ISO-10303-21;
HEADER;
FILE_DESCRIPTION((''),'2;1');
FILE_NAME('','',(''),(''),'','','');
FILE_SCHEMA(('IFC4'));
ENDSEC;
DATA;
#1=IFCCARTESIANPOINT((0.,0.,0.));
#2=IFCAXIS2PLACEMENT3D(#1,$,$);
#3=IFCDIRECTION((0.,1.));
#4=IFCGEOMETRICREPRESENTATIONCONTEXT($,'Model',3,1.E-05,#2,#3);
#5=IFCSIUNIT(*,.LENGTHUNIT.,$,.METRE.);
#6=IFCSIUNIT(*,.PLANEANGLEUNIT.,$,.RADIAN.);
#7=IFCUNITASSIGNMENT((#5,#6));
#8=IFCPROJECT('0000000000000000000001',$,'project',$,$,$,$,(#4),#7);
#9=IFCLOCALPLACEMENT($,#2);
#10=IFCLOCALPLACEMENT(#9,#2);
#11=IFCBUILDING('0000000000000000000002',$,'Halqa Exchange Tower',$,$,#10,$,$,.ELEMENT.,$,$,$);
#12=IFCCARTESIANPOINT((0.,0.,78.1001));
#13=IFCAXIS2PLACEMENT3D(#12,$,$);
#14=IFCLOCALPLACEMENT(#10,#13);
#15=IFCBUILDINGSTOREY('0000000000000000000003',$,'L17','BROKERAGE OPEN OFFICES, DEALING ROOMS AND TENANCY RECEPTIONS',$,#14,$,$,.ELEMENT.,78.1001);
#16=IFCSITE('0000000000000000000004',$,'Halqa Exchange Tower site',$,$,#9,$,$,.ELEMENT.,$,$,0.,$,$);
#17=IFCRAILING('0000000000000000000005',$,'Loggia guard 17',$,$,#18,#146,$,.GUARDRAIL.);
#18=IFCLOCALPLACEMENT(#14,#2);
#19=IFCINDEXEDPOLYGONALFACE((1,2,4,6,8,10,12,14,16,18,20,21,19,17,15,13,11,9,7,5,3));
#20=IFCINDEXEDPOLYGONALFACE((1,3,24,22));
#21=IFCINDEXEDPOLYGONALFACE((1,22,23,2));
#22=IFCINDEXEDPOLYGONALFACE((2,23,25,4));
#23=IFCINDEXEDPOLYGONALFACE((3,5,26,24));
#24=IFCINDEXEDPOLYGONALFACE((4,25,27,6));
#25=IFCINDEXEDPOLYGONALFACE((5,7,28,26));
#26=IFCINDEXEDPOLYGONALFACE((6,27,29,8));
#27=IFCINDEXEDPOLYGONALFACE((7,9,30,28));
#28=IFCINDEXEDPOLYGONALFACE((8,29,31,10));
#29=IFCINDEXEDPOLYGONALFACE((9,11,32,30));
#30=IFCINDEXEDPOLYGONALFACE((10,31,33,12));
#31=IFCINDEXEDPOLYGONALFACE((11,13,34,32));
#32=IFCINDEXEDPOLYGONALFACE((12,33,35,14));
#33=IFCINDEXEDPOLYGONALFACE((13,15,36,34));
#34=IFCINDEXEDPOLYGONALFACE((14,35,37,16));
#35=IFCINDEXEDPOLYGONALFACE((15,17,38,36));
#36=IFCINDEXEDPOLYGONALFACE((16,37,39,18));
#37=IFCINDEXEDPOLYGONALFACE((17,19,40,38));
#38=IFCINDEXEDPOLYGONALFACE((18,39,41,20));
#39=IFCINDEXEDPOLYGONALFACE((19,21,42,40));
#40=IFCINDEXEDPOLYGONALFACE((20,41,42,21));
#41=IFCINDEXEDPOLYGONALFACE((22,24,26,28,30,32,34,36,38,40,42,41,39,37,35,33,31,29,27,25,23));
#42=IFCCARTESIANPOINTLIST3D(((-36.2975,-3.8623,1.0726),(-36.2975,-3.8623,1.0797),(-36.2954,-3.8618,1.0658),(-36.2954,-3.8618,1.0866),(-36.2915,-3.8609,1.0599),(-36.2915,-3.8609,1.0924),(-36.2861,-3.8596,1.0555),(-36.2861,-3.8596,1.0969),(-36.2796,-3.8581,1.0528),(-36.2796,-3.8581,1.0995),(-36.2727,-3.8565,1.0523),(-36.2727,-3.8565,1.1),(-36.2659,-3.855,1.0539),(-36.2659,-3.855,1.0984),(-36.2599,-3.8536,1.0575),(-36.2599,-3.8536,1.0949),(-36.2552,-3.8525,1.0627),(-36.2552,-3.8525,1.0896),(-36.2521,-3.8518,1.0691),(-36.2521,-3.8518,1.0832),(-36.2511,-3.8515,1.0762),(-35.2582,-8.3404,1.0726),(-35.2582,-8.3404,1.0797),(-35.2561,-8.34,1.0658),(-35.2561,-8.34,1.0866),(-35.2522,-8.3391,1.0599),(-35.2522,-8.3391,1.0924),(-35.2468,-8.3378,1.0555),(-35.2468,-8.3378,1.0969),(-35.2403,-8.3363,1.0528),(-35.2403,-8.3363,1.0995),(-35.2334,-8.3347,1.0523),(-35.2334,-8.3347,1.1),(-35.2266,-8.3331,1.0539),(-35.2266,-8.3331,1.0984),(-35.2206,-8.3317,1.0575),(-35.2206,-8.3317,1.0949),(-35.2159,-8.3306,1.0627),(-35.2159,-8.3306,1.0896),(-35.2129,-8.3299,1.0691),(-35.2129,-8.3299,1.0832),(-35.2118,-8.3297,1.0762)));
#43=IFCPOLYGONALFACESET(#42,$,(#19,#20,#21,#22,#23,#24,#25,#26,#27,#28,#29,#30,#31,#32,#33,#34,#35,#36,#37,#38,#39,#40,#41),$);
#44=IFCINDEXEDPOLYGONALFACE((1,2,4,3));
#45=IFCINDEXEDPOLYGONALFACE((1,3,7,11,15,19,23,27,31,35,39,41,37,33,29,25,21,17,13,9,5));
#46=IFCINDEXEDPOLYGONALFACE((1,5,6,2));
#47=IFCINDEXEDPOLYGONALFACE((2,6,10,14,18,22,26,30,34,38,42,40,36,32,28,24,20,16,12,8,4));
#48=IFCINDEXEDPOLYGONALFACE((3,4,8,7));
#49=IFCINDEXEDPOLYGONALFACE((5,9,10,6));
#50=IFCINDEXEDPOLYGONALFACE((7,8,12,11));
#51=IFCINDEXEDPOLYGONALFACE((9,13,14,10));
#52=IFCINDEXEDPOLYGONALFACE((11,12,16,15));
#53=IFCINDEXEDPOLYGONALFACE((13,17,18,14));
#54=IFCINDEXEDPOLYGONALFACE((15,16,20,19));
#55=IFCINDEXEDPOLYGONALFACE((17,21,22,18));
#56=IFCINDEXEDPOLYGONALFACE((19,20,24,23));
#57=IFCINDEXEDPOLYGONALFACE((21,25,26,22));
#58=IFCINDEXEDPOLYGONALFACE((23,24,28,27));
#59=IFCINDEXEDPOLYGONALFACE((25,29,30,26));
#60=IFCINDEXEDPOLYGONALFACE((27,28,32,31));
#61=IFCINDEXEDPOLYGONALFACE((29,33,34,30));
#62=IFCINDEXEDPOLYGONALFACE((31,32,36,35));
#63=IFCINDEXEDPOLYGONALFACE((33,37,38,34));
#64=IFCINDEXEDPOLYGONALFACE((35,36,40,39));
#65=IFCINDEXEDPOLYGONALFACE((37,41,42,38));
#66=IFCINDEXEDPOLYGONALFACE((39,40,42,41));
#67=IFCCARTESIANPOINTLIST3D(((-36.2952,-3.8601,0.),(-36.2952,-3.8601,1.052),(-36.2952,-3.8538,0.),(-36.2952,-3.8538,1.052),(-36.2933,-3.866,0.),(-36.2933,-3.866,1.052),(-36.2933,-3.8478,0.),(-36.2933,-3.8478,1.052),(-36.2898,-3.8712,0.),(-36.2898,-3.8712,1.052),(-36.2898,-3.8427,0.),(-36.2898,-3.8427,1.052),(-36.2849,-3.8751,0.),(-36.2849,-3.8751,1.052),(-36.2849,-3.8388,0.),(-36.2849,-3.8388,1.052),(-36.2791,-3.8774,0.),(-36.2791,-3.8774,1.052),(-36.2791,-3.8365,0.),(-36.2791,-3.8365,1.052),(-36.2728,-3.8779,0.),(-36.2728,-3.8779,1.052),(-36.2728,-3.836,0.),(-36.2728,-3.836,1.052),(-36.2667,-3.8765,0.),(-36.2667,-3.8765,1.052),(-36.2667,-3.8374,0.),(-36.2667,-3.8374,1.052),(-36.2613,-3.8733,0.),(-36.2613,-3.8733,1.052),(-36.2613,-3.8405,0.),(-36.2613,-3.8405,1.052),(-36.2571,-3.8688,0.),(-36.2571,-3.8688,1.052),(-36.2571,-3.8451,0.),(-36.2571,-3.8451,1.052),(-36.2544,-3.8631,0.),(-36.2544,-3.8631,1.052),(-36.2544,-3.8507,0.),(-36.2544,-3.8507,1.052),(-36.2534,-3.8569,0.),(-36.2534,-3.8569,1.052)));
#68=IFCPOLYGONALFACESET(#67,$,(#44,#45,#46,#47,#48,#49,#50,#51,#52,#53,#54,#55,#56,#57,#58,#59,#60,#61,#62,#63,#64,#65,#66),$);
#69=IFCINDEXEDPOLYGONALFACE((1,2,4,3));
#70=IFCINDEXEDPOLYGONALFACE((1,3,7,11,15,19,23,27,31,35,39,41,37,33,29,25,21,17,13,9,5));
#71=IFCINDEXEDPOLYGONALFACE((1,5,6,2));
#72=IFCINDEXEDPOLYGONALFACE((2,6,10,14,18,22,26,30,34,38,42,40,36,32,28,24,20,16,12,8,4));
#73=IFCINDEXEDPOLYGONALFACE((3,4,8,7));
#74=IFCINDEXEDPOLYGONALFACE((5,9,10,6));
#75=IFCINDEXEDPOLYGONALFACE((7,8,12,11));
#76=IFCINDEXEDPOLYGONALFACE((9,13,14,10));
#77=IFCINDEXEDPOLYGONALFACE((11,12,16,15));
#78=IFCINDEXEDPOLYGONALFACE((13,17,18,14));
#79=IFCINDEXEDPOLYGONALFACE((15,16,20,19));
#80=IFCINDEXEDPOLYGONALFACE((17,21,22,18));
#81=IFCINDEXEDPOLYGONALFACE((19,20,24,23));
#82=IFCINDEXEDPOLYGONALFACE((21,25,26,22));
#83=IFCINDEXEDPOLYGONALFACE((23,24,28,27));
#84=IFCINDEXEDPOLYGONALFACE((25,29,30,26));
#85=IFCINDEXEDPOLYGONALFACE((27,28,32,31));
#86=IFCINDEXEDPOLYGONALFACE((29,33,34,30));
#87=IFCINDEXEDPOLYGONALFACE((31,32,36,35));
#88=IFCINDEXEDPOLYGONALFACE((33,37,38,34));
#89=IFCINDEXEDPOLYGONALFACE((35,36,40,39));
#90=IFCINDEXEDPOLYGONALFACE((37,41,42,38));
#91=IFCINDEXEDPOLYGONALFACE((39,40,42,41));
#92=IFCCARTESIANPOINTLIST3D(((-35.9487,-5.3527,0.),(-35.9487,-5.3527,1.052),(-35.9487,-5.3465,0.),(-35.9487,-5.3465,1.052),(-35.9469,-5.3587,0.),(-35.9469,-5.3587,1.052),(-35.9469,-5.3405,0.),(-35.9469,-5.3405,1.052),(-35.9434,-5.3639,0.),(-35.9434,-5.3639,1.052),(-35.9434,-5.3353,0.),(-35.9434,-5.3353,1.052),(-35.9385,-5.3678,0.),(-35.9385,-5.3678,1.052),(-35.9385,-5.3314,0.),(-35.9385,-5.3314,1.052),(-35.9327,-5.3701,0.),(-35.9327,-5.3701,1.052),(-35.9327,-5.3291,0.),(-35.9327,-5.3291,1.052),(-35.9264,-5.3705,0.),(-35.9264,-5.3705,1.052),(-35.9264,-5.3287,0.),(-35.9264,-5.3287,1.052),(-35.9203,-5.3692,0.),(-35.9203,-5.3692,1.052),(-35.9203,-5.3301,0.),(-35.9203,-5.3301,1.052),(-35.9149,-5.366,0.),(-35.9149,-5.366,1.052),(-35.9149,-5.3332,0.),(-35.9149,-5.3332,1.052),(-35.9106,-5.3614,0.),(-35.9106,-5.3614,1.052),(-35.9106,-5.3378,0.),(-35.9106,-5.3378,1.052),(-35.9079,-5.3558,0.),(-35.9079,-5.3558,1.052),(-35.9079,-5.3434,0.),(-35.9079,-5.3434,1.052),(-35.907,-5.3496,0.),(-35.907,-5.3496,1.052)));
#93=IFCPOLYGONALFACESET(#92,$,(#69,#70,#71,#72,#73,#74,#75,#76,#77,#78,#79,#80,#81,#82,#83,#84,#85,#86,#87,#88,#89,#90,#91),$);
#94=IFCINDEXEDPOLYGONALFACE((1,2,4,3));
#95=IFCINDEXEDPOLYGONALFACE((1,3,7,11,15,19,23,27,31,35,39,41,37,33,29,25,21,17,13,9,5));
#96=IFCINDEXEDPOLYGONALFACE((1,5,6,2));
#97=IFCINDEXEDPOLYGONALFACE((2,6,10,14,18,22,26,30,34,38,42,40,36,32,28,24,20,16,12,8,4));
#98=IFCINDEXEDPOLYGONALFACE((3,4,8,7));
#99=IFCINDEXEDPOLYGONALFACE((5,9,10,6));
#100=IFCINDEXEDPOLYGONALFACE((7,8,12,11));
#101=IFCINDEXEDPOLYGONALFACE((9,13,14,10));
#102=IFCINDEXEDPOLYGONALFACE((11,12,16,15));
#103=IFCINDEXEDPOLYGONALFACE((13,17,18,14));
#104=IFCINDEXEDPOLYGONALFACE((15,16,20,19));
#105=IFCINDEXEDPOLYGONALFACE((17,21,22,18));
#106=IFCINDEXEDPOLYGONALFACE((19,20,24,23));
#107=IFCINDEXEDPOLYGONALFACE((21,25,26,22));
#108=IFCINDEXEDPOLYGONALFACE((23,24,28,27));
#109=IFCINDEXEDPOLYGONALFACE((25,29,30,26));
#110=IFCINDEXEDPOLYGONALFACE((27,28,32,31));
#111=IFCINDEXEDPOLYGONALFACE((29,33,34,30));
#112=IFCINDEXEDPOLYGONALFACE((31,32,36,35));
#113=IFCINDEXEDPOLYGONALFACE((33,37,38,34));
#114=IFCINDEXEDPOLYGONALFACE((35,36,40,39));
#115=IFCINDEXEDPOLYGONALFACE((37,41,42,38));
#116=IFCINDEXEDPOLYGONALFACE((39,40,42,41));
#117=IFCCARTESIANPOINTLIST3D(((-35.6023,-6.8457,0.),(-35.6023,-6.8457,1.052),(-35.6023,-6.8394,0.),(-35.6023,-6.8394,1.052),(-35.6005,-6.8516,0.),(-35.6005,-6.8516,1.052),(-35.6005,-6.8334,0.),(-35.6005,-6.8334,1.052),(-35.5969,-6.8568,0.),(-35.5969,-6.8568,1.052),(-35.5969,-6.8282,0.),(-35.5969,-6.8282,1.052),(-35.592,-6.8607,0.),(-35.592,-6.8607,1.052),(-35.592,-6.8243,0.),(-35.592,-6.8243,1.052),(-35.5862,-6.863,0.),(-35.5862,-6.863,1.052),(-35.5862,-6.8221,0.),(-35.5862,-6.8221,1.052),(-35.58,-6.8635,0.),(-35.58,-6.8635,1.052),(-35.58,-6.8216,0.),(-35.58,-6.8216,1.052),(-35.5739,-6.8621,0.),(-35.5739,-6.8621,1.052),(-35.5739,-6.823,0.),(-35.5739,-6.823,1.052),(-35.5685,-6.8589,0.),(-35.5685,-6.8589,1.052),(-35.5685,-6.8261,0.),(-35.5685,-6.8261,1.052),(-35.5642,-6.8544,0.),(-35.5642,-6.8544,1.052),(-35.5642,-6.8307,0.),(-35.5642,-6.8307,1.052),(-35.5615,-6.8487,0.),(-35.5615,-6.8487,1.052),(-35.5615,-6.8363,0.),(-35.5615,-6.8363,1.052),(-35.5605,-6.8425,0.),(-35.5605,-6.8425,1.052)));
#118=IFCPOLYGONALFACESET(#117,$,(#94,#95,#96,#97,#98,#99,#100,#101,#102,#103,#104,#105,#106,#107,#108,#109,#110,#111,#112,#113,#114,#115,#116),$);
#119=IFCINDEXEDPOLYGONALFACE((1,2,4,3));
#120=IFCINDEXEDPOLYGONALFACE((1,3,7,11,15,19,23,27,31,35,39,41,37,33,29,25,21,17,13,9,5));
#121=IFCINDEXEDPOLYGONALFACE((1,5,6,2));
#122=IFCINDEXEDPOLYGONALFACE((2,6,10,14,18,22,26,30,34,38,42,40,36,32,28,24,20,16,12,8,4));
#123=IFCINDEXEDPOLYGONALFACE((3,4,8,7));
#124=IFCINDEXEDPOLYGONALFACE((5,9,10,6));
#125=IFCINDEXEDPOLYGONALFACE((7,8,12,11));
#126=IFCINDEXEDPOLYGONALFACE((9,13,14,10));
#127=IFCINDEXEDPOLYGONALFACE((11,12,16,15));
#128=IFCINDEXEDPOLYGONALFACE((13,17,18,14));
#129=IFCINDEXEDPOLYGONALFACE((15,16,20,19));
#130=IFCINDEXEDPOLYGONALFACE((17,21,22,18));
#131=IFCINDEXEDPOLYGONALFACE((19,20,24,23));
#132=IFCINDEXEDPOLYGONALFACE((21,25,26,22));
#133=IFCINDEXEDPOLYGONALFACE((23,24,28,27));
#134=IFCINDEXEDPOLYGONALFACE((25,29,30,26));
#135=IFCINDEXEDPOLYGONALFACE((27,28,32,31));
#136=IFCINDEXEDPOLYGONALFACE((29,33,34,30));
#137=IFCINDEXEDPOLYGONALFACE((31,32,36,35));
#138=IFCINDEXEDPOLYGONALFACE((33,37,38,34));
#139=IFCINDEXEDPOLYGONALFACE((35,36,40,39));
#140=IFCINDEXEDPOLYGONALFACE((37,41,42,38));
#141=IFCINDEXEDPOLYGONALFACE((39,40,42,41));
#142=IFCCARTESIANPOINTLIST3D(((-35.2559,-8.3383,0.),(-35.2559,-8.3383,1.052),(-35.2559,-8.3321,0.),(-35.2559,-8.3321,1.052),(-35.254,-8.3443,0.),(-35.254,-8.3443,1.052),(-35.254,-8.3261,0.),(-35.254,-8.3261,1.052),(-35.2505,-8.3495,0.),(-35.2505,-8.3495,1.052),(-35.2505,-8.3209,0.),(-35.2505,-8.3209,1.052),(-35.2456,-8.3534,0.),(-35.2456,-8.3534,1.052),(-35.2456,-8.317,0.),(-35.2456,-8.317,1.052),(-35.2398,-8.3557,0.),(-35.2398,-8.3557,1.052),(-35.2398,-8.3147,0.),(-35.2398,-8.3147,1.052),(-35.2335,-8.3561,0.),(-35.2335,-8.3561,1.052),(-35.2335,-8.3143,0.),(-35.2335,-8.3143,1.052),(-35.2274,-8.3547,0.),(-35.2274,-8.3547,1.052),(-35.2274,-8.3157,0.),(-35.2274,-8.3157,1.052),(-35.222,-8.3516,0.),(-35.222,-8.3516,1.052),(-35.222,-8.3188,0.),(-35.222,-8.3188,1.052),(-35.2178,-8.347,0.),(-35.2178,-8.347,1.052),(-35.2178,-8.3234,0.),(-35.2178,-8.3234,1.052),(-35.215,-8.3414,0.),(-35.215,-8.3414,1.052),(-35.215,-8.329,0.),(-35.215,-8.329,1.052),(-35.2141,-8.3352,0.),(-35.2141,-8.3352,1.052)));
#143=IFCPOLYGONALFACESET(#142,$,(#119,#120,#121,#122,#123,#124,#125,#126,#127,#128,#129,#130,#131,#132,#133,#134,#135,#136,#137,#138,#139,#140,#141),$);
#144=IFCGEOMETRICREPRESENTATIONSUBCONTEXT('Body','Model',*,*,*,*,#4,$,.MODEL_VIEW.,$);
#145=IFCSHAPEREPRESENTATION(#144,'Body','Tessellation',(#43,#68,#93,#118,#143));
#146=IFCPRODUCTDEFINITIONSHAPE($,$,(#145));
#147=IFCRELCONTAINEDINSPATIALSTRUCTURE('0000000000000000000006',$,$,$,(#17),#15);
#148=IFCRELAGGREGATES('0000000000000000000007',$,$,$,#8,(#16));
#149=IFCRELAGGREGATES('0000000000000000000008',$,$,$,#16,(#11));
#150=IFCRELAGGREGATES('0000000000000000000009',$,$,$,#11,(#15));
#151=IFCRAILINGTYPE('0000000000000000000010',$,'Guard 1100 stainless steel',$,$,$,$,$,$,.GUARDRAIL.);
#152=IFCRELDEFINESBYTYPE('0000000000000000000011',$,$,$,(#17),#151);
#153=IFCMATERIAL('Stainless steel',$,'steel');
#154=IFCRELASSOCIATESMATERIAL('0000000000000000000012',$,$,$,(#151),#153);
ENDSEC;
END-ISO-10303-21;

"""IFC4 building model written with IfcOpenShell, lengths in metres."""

from ifc_helpers import new_model, si_unit, direction, frame, origin, origin_2d, place, context, subcontext, project, spatial, circle, extrude, material, type_object, element, save


model = new_model("IFC4")

# Units and contexts
model_context = context("Model", 3, precision=1e-05, world=origin(), true_north=direction((0.0, 1.0)))
body_context = subcontext(model_context, "Body", "Model", "MODEL_VIEW")
ifc_project = project(units=[si_unit("LENGTHUNIT", "METRE"), si_unit("PLANEANGLEUNIT", "RADIAN")], contexts=[model_context])

# Site, building, storey
site_placement = place(None, origin())
site = spatial("IfcSite", under=ifc_project, at=site_placement, Name="Halqa Exchange Tower site", CompositionType="ELEMENT", RefElevation=0.0)
building_placement = place(site_placement, origin())
building = spatial("IfcBuilding", under=site, at=building_placement, Name="Halqa Exchange Tower", CompositionType="ELEMENT")
storey_placement = place(building_placement, frame((0.0, 0.0, 78.1001)))
storey = spatial("IfcBuildingStorey", under=building, at=storey_placement, Name="L17", Description="BROKERAGE OPEN OFFICES, DEALING ROOMS AND TENANCY RECEPTIONS", CompositionType="ELEMENT", Elevation=78.1001)

# Railing
ifc_material_1 = material(Name="Stainless steel", Category="steel")
railing_type = type_object("IfcRailingType", Name="Guard 1100 stainless steel", PredefinedType="GUARDRAIL", material=ifc_material_1)
railing_1_placement = place(storey_placement, frame((-36.2744, -3.8569, 0.0)))
element("IfcRailing", 1, at=railing_1_placement, inside=storey, type_object=railing_type, Name="Loggia guard 17", PredefinedType="GUARDRAIL", context=body_context, shape_type="SweptSolid", body=[
    extrude(circle(Radius=0.0239, at=origin_2d()), frame((0.0, 0.0, 1.0762), z_axis=(0.226069, -0.974111, 0.0), x_axis=(0.974111, 0.226069, 0.0)), (0.0, 0.0, 1.0), 4.5972),
    extrude(circle(Radius=0.021, at=origin_2d()), origin(), (0.0, 0.0, 1.0), 1.052),
    extrude(circle(Radius=0.021, at=origin_2d()), frame((0.3464, -1.4927, 0.0)), (0.0, 0.0, 1.0), 1.052),
    extrude(circle(Radius=0.021, at=origin_2d()), frame((0.6929, -2.9856, 0.0)), (0.0, 0.0, 1.0), 1.052),
    extrude(circle(Radius=0.021, at=origin_2d()), frame((1.0393, -4.4783, 0.0)), (0.0, 0.0, 1.0), 1.052),
])

save(model, "model.ifc")
